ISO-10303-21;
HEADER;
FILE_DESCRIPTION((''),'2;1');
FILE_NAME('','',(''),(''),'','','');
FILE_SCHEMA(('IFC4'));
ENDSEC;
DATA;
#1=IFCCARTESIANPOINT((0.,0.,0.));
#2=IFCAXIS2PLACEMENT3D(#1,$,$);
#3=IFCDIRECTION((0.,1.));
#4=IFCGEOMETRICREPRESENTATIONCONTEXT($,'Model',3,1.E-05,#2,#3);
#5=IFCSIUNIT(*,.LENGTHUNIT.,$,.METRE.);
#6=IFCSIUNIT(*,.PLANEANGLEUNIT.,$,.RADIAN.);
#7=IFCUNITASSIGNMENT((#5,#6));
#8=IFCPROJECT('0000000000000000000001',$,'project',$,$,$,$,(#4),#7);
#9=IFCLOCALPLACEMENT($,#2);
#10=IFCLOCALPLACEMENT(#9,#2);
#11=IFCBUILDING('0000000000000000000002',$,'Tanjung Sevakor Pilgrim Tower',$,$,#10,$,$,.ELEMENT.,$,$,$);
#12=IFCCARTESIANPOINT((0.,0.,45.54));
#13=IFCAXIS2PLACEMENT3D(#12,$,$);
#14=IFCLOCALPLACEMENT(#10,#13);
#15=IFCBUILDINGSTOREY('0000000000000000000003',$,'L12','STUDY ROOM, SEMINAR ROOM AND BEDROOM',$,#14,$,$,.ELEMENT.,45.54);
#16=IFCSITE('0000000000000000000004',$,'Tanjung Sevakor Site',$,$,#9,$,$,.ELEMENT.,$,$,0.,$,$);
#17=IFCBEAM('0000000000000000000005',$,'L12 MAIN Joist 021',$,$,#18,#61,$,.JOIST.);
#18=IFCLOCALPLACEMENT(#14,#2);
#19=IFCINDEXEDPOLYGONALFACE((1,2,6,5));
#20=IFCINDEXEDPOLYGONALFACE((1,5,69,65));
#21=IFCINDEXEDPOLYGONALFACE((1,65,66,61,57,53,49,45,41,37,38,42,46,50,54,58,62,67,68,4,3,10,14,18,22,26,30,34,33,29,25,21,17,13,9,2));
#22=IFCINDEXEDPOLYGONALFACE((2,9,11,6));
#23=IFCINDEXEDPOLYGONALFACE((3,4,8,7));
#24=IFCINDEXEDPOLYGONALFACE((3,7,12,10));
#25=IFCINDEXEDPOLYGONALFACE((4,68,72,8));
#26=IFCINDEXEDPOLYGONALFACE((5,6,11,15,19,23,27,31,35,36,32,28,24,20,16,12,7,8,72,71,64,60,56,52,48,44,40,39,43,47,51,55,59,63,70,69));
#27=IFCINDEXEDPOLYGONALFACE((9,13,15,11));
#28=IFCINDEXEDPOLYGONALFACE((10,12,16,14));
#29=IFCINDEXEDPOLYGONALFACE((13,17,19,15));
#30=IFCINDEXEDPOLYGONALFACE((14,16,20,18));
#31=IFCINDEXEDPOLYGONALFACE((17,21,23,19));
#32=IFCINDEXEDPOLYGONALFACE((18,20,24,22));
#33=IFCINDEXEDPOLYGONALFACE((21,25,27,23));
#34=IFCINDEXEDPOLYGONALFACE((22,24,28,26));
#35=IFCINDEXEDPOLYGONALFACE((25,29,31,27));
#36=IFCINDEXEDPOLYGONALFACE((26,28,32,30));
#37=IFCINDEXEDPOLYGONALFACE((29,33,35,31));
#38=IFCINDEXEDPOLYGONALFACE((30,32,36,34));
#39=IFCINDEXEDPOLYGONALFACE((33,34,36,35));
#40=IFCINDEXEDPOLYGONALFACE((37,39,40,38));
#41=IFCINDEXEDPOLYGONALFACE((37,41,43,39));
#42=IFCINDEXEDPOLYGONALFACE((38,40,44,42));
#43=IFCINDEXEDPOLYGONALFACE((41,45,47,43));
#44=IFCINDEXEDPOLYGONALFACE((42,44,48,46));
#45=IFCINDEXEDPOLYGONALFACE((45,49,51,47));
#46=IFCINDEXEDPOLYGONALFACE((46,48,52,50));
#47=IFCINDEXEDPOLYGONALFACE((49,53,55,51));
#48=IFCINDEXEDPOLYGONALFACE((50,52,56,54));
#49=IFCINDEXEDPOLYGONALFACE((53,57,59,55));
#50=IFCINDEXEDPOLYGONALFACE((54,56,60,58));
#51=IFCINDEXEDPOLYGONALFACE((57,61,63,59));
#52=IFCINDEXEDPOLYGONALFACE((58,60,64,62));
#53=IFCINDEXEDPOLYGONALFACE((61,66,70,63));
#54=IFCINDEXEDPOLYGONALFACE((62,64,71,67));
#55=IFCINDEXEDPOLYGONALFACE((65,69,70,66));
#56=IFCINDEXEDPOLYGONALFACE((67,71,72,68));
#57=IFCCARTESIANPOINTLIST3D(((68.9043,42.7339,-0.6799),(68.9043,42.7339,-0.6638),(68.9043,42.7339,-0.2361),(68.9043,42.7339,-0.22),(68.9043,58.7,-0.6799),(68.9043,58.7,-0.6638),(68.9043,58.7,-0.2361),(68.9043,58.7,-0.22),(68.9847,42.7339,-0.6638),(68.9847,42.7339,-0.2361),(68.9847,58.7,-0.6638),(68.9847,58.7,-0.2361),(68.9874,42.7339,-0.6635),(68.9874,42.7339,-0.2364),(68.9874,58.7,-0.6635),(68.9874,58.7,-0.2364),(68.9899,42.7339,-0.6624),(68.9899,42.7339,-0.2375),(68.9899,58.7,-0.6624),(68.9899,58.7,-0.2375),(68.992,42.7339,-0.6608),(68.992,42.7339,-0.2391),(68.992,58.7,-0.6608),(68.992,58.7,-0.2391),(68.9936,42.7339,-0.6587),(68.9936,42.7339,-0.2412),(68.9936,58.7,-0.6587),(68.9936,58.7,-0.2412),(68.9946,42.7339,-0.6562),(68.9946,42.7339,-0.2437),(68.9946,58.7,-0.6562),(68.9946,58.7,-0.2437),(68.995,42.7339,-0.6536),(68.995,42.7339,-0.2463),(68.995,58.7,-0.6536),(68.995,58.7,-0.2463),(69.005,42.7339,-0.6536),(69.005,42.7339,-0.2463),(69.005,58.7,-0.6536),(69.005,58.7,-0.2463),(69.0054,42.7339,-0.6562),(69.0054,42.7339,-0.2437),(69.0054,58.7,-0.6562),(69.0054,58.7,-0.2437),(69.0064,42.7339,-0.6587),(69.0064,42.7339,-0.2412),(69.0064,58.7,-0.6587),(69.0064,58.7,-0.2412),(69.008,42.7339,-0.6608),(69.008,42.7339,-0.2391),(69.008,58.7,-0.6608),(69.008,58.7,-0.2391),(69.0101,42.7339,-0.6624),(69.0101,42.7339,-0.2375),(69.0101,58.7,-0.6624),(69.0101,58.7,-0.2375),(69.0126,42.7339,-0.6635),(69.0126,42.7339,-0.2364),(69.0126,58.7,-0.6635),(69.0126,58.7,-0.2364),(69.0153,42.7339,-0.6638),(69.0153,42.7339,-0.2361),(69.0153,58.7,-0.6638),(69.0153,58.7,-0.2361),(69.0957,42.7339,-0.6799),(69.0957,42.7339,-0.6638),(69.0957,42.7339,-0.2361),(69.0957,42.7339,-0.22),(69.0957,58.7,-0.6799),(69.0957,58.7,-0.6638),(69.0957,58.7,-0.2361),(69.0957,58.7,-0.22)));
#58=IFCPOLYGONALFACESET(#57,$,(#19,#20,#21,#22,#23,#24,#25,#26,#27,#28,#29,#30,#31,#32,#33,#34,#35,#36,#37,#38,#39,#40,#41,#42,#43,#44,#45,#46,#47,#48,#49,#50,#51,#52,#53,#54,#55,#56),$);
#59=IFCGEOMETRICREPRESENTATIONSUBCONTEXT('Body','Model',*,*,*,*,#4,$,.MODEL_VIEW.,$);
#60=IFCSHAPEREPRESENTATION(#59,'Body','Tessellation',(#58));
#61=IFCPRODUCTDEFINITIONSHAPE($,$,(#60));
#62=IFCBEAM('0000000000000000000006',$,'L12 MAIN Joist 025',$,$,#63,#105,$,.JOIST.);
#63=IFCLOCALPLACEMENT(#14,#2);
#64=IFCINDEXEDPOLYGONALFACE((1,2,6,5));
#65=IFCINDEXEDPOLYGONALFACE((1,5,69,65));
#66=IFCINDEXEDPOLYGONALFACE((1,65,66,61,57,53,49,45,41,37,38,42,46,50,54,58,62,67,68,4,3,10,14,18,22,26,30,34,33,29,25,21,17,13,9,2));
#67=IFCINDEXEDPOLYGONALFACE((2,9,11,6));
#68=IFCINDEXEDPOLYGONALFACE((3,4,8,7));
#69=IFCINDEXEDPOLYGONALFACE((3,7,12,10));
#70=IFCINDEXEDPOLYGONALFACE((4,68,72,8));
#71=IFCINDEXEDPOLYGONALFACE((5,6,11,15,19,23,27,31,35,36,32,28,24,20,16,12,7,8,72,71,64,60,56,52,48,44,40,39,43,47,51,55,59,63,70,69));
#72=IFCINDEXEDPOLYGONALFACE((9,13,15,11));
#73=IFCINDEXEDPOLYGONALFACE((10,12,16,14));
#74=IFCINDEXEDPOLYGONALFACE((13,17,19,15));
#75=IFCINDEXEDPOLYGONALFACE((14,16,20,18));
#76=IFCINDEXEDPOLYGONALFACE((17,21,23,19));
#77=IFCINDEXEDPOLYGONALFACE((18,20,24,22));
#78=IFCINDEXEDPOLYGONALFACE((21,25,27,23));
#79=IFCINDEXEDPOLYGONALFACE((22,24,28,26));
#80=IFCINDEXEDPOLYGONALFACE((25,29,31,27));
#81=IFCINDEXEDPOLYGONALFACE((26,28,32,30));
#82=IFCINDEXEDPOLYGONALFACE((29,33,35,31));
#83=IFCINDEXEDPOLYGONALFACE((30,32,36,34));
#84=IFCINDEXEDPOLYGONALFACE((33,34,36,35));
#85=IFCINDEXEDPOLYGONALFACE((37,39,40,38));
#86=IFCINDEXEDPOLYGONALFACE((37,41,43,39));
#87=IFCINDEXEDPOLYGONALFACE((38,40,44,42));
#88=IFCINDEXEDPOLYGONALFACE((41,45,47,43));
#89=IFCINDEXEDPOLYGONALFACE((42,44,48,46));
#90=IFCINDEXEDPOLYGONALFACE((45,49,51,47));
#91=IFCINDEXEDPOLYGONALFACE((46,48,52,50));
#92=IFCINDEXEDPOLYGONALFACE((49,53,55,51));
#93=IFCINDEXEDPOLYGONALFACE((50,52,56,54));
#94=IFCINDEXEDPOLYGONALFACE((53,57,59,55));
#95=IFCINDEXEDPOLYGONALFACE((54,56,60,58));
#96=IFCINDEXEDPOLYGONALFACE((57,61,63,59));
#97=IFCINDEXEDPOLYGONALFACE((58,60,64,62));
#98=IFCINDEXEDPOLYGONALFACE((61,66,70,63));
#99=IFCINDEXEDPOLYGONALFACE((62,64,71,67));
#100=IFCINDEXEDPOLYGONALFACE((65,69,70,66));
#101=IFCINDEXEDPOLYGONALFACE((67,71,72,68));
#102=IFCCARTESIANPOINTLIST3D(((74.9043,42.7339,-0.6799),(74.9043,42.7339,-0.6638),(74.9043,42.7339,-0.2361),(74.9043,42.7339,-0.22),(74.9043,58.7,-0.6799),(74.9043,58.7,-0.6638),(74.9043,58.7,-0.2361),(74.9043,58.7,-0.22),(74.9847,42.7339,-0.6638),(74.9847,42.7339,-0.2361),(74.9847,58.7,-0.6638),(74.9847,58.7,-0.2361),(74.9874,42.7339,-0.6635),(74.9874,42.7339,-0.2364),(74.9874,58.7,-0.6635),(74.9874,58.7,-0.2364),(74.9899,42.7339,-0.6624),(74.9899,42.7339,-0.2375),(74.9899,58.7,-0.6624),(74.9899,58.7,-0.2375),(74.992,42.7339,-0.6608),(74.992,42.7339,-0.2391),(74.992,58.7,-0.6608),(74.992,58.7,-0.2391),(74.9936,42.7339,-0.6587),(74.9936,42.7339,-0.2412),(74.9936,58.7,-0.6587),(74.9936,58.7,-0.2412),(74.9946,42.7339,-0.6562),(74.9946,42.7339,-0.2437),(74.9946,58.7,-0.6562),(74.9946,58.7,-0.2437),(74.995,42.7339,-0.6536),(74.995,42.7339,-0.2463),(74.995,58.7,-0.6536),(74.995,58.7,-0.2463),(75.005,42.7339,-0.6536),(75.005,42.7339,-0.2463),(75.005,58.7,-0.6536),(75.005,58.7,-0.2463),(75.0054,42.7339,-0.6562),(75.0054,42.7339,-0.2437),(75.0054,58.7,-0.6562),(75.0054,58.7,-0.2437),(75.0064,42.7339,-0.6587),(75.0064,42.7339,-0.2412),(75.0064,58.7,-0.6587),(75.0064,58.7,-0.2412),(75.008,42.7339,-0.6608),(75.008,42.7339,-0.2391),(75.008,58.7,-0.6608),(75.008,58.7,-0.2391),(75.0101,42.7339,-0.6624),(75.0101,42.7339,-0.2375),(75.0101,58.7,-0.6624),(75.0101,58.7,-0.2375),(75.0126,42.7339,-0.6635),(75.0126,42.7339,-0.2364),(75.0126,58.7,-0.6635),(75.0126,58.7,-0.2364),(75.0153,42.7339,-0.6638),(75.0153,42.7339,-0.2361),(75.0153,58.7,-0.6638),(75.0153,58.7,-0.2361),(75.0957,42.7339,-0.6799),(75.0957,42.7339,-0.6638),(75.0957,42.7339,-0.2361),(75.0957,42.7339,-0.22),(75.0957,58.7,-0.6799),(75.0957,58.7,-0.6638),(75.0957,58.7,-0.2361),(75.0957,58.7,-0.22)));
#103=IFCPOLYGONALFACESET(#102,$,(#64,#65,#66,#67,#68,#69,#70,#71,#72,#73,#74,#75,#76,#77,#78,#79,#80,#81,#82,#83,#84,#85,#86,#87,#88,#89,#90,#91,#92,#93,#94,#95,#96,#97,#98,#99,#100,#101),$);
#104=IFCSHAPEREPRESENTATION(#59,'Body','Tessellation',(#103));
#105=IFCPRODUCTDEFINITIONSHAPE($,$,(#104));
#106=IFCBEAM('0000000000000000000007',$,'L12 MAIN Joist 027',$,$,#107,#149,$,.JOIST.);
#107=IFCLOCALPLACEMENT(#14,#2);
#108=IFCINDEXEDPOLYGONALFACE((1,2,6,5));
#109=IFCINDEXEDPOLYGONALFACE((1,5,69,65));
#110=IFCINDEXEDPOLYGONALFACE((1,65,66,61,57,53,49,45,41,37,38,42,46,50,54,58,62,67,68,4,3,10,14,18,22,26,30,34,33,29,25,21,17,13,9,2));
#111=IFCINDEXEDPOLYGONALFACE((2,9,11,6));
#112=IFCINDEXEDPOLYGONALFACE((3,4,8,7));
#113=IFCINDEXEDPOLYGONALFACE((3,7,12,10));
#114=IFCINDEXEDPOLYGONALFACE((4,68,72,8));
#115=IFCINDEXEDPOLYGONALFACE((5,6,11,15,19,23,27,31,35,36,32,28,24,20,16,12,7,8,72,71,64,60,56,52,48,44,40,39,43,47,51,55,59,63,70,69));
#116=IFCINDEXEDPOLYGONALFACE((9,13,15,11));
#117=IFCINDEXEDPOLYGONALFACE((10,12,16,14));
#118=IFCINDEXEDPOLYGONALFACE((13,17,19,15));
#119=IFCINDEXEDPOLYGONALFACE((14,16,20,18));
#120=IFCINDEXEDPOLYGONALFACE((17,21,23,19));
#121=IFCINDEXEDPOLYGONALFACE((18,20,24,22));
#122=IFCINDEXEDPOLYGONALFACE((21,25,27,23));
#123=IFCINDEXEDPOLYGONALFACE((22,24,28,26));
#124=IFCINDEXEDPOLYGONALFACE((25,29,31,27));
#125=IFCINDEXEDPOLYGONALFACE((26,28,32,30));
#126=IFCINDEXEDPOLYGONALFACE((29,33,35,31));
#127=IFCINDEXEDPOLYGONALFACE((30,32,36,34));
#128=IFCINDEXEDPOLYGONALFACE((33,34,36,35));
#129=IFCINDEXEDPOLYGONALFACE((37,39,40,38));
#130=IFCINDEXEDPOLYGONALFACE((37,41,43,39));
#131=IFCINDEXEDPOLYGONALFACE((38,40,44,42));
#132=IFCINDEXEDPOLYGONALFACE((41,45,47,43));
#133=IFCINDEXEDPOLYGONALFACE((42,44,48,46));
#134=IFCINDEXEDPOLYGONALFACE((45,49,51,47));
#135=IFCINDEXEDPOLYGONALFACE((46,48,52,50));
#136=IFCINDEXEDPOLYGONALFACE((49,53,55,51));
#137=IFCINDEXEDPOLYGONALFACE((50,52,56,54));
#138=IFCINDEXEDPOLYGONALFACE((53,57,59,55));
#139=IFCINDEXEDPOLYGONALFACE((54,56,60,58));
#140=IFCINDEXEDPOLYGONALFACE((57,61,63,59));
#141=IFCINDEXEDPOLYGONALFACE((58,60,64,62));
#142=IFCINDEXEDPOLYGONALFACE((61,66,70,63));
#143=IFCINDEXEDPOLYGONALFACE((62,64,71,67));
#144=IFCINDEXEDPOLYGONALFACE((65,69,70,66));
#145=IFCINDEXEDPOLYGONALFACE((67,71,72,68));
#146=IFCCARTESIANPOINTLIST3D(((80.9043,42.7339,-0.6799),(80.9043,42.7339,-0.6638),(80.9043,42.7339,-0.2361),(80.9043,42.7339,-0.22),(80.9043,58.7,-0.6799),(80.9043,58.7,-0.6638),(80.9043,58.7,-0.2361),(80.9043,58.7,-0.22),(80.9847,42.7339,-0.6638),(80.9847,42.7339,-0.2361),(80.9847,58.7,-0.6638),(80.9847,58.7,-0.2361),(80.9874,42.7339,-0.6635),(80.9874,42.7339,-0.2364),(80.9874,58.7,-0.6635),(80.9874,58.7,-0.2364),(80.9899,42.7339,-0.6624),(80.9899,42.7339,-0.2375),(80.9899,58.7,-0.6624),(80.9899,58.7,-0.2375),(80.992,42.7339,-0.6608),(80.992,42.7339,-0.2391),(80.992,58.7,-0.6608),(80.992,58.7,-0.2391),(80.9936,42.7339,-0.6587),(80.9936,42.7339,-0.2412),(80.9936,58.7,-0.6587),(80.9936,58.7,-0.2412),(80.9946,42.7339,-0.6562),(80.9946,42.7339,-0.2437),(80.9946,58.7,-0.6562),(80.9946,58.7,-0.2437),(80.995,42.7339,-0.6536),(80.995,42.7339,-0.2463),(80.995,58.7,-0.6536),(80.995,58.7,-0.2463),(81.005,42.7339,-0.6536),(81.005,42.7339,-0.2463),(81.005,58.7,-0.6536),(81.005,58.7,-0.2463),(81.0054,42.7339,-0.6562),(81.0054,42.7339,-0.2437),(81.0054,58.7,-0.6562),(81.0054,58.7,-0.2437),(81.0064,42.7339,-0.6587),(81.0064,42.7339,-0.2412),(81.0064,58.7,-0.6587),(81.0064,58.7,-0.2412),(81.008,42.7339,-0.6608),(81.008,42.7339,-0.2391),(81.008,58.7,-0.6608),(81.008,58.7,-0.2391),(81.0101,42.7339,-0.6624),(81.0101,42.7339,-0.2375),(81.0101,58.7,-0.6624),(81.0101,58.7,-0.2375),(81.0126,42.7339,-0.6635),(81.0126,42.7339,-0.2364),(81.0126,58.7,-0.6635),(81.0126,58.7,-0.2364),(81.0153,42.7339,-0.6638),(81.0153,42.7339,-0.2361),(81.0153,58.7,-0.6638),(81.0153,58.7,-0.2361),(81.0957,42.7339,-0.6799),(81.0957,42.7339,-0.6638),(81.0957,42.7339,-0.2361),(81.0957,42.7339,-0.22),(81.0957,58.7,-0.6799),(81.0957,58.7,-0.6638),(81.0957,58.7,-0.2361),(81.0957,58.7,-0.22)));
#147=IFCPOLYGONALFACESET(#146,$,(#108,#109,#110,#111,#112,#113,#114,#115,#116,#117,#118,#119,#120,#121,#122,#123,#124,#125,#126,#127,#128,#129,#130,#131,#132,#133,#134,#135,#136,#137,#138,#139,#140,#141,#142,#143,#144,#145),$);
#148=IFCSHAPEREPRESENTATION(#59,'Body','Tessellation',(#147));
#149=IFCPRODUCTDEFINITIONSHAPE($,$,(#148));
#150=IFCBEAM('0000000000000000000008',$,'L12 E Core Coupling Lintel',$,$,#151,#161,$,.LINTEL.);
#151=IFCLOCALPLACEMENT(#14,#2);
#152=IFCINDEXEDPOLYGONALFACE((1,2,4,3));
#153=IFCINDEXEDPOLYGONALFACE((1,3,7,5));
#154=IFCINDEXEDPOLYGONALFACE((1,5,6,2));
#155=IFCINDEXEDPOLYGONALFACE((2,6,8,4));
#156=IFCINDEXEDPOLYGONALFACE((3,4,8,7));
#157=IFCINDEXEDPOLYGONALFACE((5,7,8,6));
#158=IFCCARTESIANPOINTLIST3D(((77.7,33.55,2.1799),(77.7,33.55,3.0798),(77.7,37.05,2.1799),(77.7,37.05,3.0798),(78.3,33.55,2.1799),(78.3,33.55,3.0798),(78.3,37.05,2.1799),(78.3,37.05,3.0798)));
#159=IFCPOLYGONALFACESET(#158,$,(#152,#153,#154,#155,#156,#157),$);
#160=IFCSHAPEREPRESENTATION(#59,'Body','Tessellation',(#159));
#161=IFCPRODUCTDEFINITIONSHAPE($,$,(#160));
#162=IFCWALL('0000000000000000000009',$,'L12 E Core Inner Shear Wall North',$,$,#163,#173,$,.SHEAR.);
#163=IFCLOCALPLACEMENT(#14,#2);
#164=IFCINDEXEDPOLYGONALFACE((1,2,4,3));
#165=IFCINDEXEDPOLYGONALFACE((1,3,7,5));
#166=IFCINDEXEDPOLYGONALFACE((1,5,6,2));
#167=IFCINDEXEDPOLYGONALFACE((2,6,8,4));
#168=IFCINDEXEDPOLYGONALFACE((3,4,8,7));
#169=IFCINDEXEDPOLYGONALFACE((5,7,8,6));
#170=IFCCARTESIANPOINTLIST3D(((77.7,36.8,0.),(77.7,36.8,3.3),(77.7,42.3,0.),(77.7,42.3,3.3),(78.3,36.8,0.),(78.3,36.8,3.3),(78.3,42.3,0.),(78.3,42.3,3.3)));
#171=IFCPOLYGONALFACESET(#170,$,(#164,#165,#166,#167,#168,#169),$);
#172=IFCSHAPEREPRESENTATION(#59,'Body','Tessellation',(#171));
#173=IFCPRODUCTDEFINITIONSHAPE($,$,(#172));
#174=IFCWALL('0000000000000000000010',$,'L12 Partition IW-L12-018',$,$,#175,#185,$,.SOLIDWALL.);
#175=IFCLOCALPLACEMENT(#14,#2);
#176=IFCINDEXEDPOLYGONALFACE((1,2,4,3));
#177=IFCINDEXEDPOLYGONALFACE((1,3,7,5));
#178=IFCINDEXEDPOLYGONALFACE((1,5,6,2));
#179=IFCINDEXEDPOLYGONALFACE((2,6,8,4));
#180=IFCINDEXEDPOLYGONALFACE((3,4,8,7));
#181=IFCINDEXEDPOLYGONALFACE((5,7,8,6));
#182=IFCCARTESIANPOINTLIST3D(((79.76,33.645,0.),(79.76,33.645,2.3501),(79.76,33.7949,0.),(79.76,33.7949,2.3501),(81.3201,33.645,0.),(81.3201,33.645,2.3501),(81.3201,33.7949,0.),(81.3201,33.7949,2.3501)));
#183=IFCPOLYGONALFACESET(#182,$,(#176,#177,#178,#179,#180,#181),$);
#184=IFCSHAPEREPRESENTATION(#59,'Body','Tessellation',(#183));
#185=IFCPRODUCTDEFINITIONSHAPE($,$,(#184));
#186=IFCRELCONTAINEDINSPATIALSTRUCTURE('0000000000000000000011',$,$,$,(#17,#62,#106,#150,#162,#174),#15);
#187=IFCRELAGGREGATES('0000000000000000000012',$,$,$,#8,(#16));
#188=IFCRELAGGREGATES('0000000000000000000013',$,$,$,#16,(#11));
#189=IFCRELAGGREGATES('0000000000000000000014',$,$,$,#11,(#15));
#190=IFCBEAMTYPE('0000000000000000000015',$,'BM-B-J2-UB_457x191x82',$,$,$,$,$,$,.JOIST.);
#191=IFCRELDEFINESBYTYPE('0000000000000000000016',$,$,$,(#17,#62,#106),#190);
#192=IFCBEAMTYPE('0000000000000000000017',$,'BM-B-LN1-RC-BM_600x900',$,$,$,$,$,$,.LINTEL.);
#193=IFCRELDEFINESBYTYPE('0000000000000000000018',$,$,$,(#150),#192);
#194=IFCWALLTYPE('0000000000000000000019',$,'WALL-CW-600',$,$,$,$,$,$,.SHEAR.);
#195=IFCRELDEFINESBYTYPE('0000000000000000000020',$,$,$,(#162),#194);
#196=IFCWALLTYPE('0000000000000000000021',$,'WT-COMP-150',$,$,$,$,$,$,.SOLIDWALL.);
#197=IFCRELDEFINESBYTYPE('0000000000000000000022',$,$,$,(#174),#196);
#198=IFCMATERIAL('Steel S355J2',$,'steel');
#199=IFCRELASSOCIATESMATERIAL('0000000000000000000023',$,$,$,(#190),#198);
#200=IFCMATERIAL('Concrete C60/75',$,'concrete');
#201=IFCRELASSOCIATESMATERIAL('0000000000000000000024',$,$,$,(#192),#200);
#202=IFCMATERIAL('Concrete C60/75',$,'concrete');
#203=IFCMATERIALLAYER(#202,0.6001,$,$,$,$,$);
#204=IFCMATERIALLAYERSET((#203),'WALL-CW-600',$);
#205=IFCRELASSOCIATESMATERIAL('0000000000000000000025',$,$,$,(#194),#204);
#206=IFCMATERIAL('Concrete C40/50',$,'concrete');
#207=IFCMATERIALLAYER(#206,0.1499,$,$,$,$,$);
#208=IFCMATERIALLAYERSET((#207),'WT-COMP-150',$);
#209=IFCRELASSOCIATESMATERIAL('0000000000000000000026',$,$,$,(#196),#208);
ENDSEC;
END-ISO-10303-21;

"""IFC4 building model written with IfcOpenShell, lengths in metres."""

from ifc_helpers import new_model, si_unit, direction, frame, frame_2d, origin, origin_2d, place, context, subcontext, project, spatial, rectangle, i_section, extrude, material, layer, layer_set, material_profile, profile_set, type_object, element, save


model = new_model("IFC4")

# Units and contexts
model_context = context("Model", 3, precision=1e-05, world=origin(), true_north=direction((0.0, 1.0)))
body_context = subcontext(model_context, "Body", "Model", "MODEL_VIEW")
ifc_project = project(units=[si_unit("LENGTHUNIT", "METRE"), si_unit("PLANEANGLEUNIT", "RADIAN")], contexts=[model_context])

# Site, building, storey
site_placement = place(None, origin())
site = spatial("IfcSite", under=ifc_project, at=site_placement, Name="Tanjung Sevakor Site", CompositionType="ELEMENT", RefElevation=0.0)
building_placement = place(site_placement, origin())
building = spatial("IfcBuilding", under=site, at=building_placement, Name="Tanjung Sevakor Pilgrim Tower", CompositionType="ELEMENT")
storey_placement = place(building_placement, frame((0.0, 0.0, 45.54)))
storey = spatial("IfcBuildingStorey", under=building, at=storey_placement, Name="L12", Description="STUDY ROOM, SEMINAR ROOM AND BEDROOM", CompositionType="ELEMENT", Elevation=45.54)

# Beams
ifc_material_1 = material(Name="Steel S355J2", Category="steel")
ifc_material_profile_1 = material_profile(ifc_material_1, i_section(OverallWidth=0.1914, OverallDepth=0.46, WebThickness=0.01, FlangeThickness=0.0161, FilletRadius=0.0103, at=origin_2d()))
ifc_profile_set_1 = profile_set([ifc_material_profile_1], Name="Steel S355J2")
beam_type_1 = type_object("IfcBeamType", Name="BM-B-J2-UB_457x191x82", PredefinedType="JOIST", material=ifc_profile_set_1)
for number, where, z_axis, x_axis, name in (
    (1, (69.0, 42.7339, -0.45), (0.0, 1.0, 0.0), (-1.0, 0.0, 0.0), "L12 MAIN Joist 021"),
    (2, (75.0, 42.7339, -0.45), (0.0, 1.0, 0.0), (-1.0, 0.0, 0.0), "L12 MAIN Joist 025"),
    (3, (81.0, 42.7339, -0.45), (0.0, 1.0, 0.0), (-1.0, 0.0, 0.0), "L12 MAIN Joist 027"),
):
    element("IfcBeam", number, at=place(storey_placement, frame(where, z_axis=z_axis, x_axis=x_axis)), inside=storey, type_object=beam_type_1, Name=name, PredefinedType="JOIST", context=body_context, shape_type="SweptSolid", body=[
        extrude(i_section(OverallWidth=0.1914, OverallDepth=0.46, WebThickness=0.01, FlangeThickness=0.0161, FilletRadius=0.0103, at=origin_2d()), origin(), (0.0, 0.0, 1.0), 15.9661),
    ])
ifc_material_2 = material(Name="Concrete C60/75", Category="concrete")
ifc_material_profile_2 = material_profile(ifc_material_2, rectangle(XDim=0.6001, YDim=0.8999, at=origin_2d()))
ifc_profile_set_2 = profile_set([ifc_material_profile_2], Name="Concrete C60/75")
beam_type_2 = type_object("IfcBeamType", Name="BM-B-LN1-RC-BM_600x900", PredefinedType="LINTEL", material=ifc_profile_set_2)
beam_1_placement = place(storey_placement, frame((78.0, 33.55, 2.6299), z_axis=(0.0, 1.0, 0.0), x_axis=(-1.0, 0.0, 0.0)))
element("IfcBeam", 4, at=beam_1_placement, inside=storey, type_object=beam_type_2, Name="L12 E Core Coupling Lintel", PredefinedType="LINTEL", context=body_context, shape_type="SweptSolid", body=[
    extrude(rectangle(XDim=0.6001, YDim=0.8999, at=origin_2d()), origin(), (0.0, 0.0, 1.0), 3.5),
])

# Walls
ifc_material_3 = material(Name="Concrete C60/75", Category="concrete")
ifc_layer_1 = layer(ifc_material_3, 0.6001)
ifc_layer_set_1 = layer_set([ifc_layer_1], Name="WALL-CW-600")
wall_type_1 = type_object("IfcWallType", Name="WALL-CW-600", PredefinedType="SHEAR", material=ifc_layer_set_1)
wall_1_placement = place(storey_placement, frame((78.0, 36.8, 0.0), z_axis=(0.0, 0.0, 1.0), x_axis=(0.0, 1.0, 0.0)))
element("IfcWall", 5, at=wall_1_placement, inside=storey, type_object=wall_type_1, Name="L12 E Core Inner Shear Wall North", PredefinedType="SHEAR", context=body_context, shape_type="SweptSolid", body=[
    extrude(rectangle(XDim=5.5, YDim=0.6001, at=frame_2d((2.75, 0.0))), origin(), (0.0, 0.0, 1.0), 3.3),
])
ifc_material_4 = material(Name="Concrete C40/50", Category="concrete")
ifc_layer_2 = layer(ifc_material_4, 0.1499)
ifc_layer_set_2 = layer_set([ifc_layer_2], Name="WT-COMP-150")
wall_type_2 = type_object("IfcWallType", Name="WT-COMP-150", PredefinedType="SOLIDWALL", material=ifc_layer_set_2)
wall_2_placement = place(storey_placement, frame((79.76, 33.72, 0.0), z_axis=(0.0, 0.0, 1.0), x_axis=(1.0, 0.0, 0.0)))
element("IfcWall", 6, at=wall_2_placement, inside=storey, type_object=wall_type_2, Name="L12 Partition IW-L12-018", PredefinedType="SOLIDWALL", context=body_context, shape_type="SweptSolid", body=[
    extrude(rectangle(XDim=1.5601, YDim=0.1499, at=frame_2d((0.78, 0.0))), origin(), (0.0, 0.0, 1.0), 2.3501),
])

save(model, "model.ifc")
